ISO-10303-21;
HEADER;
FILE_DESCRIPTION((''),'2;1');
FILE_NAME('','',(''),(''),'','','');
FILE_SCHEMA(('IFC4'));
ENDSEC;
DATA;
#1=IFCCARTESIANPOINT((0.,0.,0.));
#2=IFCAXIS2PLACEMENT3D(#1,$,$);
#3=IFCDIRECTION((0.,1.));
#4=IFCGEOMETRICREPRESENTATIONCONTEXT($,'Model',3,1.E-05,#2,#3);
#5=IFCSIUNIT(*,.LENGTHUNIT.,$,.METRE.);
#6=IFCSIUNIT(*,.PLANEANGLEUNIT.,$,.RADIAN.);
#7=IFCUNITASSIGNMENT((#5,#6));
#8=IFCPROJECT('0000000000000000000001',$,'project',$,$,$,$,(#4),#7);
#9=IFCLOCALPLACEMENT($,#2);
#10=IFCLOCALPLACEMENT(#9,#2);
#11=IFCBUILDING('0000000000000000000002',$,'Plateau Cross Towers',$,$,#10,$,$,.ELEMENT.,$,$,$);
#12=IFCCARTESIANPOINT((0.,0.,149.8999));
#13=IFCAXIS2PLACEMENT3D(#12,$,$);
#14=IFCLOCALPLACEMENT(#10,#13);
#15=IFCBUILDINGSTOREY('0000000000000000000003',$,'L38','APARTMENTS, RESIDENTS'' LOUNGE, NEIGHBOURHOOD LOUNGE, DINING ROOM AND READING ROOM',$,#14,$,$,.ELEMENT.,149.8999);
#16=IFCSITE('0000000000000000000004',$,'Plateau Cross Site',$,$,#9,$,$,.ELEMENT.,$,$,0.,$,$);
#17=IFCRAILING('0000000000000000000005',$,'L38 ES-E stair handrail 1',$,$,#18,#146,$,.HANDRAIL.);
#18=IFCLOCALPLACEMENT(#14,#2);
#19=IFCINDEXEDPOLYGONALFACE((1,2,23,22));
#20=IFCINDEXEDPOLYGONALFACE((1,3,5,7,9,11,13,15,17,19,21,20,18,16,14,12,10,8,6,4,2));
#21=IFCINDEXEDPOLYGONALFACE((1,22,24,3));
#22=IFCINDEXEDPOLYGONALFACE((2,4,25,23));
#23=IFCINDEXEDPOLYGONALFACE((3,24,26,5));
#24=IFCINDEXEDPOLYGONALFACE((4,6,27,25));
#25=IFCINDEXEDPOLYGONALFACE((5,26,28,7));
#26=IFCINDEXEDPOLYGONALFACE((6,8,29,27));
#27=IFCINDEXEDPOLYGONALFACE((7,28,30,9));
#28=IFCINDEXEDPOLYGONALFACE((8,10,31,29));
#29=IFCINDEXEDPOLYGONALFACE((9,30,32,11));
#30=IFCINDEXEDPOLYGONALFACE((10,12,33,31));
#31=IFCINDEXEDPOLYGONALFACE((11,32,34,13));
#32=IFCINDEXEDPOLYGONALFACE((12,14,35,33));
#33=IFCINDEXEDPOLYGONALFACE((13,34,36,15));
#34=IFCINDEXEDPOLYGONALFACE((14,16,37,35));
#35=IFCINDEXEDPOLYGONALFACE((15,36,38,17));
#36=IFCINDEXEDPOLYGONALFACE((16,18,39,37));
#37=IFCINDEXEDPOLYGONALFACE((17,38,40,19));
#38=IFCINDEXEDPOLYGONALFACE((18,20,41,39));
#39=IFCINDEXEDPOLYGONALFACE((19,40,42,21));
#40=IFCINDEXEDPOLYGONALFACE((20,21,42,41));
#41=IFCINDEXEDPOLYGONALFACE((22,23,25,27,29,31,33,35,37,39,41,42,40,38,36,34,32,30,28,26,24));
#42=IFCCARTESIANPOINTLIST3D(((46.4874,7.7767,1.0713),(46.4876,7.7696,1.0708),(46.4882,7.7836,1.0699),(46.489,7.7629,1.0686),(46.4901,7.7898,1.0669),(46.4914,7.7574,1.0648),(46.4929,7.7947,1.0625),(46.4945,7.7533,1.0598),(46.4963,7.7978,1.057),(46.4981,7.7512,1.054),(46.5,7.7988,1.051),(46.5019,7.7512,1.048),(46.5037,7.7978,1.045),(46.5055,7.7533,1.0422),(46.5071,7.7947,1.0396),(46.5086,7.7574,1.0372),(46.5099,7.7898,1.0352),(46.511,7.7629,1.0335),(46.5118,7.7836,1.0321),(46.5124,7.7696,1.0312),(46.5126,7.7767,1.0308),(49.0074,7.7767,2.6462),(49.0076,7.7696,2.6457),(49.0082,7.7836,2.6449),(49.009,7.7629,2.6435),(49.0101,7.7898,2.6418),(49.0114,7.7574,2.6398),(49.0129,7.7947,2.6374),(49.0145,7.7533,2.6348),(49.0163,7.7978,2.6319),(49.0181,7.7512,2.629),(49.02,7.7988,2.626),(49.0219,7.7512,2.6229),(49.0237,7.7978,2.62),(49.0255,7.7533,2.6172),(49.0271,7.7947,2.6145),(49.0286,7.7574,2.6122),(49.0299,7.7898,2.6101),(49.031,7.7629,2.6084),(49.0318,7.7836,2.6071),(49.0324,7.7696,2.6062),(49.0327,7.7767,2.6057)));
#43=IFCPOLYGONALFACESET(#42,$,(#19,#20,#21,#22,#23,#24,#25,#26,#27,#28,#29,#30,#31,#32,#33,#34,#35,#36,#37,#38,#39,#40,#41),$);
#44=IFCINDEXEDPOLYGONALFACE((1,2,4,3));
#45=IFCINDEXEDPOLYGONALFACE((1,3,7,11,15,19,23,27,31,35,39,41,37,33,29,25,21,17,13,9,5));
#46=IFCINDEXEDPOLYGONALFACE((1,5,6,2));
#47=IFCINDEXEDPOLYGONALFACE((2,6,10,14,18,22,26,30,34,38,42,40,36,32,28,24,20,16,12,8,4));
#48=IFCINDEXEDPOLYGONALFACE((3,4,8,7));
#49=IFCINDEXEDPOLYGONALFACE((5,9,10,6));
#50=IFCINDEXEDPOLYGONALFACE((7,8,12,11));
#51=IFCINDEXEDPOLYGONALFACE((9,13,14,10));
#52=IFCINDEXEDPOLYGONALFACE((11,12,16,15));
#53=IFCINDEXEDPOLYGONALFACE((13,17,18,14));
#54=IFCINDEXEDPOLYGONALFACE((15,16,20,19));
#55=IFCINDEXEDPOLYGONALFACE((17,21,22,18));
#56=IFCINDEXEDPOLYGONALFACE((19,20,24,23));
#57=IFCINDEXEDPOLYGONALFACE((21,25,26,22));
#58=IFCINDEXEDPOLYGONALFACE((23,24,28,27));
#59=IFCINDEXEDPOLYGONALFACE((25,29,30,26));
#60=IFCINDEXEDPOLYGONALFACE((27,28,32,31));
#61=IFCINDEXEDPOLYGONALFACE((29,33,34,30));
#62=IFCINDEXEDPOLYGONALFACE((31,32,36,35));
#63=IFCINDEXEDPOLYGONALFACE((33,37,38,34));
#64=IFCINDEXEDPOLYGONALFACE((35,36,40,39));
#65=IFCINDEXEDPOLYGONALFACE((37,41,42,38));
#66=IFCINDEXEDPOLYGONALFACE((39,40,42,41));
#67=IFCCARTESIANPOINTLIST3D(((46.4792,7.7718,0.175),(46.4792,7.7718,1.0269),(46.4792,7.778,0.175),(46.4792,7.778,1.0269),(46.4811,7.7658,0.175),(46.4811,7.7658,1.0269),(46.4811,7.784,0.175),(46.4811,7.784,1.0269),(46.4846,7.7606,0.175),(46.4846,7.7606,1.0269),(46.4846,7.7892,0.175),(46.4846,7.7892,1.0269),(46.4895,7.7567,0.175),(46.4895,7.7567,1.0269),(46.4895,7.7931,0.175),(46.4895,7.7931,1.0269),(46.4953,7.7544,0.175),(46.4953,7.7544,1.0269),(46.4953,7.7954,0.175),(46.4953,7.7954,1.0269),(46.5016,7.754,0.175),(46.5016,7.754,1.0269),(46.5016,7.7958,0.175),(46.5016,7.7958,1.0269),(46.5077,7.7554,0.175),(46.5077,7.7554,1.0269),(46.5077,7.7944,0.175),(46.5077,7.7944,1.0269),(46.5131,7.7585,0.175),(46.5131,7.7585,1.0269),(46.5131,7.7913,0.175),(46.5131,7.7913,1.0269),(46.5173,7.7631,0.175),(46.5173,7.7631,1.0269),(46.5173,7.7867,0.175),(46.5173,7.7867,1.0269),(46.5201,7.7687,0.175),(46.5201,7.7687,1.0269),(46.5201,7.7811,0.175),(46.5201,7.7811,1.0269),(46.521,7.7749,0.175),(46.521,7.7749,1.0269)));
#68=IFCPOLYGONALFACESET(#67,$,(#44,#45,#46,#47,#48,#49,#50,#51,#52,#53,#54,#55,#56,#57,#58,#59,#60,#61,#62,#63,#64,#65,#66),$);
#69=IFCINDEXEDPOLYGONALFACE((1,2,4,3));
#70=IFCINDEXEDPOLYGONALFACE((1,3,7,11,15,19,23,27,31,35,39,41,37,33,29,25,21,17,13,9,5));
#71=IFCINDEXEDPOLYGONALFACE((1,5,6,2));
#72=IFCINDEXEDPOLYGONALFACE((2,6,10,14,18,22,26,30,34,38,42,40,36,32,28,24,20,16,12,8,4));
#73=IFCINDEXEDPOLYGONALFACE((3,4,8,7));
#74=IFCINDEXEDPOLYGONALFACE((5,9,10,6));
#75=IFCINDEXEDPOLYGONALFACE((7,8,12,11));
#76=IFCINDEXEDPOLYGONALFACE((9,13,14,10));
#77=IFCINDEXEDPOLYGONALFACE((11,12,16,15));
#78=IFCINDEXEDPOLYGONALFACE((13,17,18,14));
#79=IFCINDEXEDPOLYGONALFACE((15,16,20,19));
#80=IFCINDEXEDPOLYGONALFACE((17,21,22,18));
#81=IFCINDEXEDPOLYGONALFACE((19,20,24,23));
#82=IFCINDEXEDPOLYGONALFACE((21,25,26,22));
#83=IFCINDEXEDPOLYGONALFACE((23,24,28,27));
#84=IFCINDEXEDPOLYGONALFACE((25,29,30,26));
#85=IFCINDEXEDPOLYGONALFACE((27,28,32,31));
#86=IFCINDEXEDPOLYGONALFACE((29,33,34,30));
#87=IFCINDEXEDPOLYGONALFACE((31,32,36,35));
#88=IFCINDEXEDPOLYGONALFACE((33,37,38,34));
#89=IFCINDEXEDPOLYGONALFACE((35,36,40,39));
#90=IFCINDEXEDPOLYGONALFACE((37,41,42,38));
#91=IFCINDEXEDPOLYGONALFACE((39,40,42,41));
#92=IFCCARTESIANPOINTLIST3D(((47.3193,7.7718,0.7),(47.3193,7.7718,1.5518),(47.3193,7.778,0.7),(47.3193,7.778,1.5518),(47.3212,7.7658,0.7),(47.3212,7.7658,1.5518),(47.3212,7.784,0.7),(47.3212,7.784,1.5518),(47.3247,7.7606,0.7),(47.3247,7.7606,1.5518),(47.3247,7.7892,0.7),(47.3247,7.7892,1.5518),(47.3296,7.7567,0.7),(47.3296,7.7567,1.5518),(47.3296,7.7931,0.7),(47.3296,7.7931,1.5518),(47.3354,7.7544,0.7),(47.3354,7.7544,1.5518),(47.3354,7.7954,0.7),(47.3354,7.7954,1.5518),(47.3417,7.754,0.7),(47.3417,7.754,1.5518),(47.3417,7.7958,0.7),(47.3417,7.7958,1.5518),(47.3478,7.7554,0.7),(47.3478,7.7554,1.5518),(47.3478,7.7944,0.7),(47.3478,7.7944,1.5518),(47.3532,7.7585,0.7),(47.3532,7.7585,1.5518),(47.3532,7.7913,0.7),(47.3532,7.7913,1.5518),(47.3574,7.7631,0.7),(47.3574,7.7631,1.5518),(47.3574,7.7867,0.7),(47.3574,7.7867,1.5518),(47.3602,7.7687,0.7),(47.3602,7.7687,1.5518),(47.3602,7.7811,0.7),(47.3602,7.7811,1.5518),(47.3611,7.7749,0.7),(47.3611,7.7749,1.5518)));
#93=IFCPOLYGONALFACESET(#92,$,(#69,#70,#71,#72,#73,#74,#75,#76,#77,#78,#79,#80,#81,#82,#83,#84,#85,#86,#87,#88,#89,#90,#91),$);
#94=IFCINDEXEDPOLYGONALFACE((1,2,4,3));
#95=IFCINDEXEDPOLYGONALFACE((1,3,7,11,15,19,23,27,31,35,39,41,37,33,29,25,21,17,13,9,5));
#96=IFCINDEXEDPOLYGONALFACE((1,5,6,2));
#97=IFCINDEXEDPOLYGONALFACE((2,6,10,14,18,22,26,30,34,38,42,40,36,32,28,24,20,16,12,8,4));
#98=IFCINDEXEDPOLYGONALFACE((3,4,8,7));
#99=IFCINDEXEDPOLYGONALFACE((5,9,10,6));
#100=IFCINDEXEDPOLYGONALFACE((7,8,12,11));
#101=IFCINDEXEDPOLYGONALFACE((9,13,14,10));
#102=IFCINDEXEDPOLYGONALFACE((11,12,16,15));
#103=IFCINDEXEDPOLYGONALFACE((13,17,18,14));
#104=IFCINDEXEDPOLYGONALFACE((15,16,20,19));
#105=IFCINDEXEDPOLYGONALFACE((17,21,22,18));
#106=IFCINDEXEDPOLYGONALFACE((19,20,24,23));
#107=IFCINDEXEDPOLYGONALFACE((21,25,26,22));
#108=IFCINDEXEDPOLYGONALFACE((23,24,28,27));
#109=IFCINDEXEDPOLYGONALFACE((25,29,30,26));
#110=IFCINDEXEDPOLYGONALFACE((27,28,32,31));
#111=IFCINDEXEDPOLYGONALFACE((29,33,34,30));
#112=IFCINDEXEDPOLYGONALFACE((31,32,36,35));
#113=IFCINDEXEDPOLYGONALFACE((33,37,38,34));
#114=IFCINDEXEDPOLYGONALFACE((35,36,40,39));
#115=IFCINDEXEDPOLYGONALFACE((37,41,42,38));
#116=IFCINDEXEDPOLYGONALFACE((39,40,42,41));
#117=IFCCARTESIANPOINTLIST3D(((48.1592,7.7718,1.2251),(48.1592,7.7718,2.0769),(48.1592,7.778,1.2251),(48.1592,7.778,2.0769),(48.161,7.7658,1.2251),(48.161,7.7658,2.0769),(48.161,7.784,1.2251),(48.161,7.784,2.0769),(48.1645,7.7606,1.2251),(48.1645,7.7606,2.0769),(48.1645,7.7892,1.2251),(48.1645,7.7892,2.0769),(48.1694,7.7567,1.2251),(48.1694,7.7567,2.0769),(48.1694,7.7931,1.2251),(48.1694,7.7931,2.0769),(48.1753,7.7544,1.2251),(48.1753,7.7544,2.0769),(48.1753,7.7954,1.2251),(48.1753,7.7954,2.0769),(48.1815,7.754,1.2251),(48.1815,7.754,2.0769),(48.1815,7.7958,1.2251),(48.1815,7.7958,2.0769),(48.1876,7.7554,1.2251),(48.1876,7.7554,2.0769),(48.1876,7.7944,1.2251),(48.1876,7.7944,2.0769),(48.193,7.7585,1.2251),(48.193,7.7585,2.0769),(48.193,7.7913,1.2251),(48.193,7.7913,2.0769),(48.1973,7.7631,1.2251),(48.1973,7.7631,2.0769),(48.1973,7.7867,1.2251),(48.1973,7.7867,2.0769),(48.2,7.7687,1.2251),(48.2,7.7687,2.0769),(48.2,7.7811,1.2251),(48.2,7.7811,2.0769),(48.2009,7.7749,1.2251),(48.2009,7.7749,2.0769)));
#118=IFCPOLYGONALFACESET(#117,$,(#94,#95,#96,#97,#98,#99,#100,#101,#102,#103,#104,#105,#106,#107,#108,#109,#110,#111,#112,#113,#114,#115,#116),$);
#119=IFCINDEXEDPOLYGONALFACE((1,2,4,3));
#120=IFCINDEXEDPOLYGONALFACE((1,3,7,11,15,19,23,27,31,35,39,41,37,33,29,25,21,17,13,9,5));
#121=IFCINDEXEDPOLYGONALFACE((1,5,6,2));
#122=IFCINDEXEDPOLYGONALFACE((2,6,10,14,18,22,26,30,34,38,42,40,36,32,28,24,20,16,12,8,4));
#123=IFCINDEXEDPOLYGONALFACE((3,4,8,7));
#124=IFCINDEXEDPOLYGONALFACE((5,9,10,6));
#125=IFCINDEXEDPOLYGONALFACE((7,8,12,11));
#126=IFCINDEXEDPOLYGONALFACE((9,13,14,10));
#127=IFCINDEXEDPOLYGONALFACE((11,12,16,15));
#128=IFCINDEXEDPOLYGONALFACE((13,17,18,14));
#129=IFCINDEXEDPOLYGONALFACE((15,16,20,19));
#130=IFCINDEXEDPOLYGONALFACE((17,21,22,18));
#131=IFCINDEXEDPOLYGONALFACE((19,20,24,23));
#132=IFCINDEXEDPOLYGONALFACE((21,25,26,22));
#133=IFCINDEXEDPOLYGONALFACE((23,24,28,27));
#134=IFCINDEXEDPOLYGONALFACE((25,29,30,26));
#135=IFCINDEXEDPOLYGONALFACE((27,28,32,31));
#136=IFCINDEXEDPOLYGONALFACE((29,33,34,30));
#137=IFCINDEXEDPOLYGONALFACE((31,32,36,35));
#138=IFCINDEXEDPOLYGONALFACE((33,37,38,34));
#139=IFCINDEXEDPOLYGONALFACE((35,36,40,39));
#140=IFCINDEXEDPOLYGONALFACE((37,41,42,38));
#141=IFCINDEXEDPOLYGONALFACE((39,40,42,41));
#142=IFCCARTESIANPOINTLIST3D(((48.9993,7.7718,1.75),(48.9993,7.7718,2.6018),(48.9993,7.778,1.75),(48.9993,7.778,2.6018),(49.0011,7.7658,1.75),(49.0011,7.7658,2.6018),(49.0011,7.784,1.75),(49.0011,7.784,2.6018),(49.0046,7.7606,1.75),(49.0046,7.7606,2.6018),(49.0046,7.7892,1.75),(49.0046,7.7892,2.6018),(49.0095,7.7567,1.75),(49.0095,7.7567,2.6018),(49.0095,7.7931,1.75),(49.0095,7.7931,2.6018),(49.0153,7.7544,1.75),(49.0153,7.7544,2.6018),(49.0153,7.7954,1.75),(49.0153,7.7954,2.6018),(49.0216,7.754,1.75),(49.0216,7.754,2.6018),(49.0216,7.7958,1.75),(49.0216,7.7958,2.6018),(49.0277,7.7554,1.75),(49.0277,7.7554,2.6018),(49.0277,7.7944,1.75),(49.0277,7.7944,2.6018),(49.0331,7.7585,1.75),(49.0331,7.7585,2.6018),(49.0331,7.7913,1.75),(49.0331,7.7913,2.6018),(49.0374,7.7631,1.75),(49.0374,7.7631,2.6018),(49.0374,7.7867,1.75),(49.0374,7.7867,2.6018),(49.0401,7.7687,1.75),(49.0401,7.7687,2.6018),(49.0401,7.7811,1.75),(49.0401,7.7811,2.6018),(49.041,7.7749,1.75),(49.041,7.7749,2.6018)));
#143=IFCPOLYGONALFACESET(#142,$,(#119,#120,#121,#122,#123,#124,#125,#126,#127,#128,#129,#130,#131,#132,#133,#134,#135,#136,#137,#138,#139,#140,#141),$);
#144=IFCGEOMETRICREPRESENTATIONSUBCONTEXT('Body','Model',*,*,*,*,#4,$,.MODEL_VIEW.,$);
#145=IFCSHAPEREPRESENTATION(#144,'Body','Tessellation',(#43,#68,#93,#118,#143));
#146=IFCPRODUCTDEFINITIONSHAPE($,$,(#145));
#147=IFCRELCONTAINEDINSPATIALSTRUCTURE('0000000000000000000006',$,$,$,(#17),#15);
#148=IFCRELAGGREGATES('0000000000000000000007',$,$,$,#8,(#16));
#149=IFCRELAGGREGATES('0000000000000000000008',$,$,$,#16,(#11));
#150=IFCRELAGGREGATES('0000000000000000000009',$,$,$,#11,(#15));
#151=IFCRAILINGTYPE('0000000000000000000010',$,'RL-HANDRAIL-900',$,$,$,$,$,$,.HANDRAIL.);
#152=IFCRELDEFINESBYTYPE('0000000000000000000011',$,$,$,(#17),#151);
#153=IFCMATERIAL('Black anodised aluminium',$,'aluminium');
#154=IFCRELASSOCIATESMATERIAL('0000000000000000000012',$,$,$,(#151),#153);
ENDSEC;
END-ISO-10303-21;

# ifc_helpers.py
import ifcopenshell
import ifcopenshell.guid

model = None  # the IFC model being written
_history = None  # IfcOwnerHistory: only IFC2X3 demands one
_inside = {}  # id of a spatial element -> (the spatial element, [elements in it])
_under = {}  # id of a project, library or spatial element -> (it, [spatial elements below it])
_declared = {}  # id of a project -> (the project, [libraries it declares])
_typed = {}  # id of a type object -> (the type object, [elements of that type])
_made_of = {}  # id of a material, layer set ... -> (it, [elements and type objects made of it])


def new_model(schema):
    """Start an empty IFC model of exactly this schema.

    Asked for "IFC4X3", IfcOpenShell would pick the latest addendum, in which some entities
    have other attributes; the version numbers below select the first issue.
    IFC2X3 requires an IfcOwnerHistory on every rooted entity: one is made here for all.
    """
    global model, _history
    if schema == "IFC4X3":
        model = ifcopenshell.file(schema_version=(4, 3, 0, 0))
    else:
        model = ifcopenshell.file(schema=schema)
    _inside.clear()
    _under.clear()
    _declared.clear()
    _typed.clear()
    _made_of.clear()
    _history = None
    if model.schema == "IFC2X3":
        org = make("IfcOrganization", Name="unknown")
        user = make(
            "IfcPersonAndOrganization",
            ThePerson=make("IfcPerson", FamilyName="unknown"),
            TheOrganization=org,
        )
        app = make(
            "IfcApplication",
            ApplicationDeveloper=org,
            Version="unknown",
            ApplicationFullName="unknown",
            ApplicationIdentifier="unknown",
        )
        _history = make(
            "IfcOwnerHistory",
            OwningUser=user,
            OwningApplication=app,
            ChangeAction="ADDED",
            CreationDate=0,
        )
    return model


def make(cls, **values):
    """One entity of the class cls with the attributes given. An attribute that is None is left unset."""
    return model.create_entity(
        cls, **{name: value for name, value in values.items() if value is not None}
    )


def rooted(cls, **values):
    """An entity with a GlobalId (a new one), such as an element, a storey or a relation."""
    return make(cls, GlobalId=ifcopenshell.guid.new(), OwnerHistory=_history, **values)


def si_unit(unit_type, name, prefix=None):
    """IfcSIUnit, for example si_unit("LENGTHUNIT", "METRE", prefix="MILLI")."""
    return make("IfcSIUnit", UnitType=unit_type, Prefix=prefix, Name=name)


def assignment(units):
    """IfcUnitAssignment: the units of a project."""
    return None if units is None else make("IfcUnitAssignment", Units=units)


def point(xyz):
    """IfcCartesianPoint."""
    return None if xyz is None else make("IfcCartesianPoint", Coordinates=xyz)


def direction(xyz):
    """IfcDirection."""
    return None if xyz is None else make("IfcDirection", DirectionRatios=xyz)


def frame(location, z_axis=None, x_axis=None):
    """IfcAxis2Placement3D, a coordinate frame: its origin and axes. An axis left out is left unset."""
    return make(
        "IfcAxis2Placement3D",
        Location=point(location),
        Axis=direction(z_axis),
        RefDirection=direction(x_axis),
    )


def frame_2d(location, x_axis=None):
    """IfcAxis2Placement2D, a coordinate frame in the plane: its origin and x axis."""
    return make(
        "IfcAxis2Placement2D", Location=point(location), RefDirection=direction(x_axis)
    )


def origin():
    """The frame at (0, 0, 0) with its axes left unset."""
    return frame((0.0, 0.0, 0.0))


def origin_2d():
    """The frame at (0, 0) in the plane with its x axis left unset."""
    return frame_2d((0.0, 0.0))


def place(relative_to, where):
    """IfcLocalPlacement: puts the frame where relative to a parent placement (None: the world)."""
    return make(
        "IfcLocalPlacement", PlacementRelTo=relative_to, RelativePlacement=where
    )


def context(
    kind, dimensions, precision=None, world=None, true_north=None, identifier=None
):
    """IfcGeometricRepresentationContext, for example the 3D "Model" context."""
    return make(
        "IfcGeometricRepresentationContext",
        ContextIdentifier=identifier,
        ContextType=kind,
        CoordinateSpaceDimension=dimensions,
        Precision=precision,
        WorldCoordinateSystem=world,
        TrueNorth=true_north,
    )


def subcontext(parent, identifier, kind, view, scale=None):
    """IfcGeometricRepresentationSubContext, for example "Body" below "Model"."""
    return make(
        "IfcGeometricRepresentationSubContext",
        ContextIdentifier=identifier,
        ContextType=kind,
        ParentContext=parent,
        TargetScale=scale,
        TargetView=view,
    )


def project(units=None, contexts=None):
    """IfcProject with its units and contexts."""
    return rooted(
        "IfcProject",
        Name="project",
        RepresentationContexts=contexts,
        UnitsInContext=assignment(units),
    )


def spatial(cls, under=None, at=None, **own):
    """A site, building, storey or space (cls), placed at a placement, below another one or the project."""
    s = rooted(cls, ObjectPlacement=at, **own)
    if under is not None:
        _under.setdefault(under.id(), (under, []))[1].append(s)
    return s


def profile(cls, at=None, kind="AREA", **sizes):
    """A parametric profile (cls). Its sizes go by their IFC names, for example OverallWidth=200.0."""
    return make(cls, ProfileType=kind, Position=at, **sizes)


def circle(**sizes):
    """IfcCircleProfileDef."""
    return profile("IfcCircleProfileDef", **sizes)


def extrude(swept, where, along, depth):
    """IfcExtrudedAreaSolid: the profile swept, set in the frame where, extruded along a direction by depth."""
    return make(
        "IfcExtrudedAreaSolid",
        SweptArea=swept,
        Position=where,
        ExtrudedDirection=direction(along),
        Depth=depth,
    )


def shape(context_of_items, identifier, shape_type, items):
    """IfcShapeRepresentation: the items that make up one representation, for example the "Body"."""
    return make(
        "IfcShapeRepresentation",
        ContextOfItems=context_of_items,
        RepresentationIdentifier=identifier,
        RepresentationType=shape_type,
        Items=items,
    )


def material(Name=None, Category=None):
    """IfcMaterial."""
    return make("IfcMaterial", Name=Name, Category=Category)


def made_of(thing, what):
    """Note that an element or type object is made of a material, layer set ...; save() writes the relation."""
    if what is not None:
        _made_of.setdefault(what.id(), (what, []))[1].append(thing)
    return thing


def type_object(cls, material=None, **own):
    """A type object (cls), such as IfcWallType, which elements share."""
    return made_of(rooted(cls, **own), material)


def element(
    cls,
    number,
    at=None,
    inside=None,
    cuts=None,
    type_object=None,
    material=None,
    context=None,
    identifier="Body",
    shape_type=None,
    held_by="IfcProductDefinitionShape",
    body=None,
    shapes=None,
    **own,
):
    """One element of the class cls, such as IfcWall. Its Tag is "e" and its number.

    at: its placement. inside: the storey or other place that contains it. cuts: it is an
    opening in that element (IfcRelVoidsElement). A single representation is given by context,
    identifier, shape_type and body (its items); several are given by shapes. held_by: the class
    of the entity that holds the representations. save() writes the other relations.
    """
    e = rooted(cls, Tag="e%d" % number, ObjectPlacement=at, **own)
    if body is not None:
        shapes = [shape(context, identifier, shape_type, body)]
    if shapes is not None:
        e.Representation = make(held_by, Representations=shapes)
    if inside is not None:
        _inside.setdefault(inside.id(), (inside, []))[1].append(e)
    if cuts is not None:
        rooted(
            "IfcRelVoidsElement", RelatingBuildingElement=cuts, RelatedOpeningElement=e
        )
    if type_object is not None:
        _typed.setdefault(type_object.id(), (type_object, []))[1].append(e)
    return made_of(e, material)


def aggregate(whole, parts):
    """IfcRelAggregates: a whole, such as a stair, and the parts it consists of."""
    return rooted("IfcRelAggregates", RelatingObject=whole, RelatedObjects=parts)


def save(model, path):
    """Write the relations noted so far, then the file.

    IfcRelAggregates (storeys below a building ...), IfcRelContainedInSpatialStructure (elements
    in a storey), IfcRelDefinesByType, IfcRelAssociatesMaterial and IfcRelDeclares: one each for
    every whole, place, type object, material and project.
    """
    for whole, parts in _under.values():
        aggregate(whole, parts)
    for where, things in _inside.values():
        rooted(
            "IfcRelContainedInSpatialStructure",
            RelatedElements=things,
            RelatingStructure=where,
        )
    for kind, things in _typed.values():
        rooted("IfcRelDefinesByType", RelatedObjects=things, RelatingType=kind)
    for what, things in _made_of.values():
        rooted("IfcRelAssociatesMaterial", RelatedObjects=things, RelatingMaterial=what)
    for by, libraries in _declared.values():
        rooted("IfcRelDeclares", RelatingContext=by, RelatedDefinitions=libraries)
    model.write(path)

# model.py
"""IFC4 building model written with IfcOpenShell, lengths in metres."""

from ifc_helpers import new_model, si_unit, direction, frame, origin, origin_2d, place, context, subcontext, project, spatial, circle, extrude, material, type_object, element, save


model = new_model("IFC4")

# Units and contexts
model_context = context("Model", 3, precision=1e-05, world=origin(), true_north=direction((0.0, 1.0)))
body_context = subcontext(model_context, "Body", "Model", "MODEL_VIEW")
ifc_project = project(units=[si_unit("LENGTHUNIT", "METRE"), si_unit("PLANEANGLEUNIT", "RADIAN")], contexts=[model_context])

# Site, building, storey
site_placement = place(None, origin())
site = spatial("IfcSite", under=ifc_project, at=site_placement, Name="Plateau Cross Site", CompositionType="ELEMENT", RefElevation=0.0)
building_placement = place(site_placement, origin())
building = spatial("IfcBuilding", under=site, at=building_placement, Name="Plateau Cross Towers", CompositionType="ELEMENT")
storey_placement = place(building_placement, frame((0.0, 0.0, 149.8999)))
storey = spatial("IfcBuildingStorey", under=building, at=storey_placement, Name="L38", Description="APARTMENTS, RESIDENTS' LOUNGE, NEIGHBOURHOOD LOUNGE, DINING ROOM AND READING ROOM", CompositionType="ELEMENT", Elevation=149.8999)

# Shared definitions
ifc_material_1 = material(Name="Black anodised aluminium", Category="aluminium")

# Railing
railing_type_1 = type_object("IfcRailingType", Name="RL-HANDRAIL-900", PredefinedType="HANDRAIL", material=ifc_material_1)
railing_1_placement = place(storey_placement, frame((46.5, 7.7749, 0.175)))
element("IfcRailing", 1, at=railing_1_placement, inside=storey, type_object=railing_type_1, Name="L38 ES-E stair handrail 1", PredefinedType="HANDRAIL", context=body_context, shape_type="SweptSolid", body=[
    extrude(circle(Radius=0.0239, at=origin_2d()), frame((0.0, 0.0, 0.876), z_axis=(0.848008, 0.0, 0.529984), x_axis=(0.0, 1.0, 0.0)), (0.0, 0.0, 1.0), 2.9717),
    extrude(circle(Radius=0.021, at=origin_2d()), origin(), (0.0, 0.0, 1.0), 0.8518),
    extrude(circle(Radius=0.021, at=origin_2d()), frame((0.8401, 0.0, 0.5249)), (0.0, 0.0, 1.0), 0.8518),
    extrude(circle(Radius=0.021, at=origin_2d()), frame((1.6799, 0.0, 1.05)), (0.0, 0.0, 1.0), 0.8518),
    extrude(circle(Radius=0.021, at=origin_2d()), frame((2.52, 0.0, 1.575)), (0.0, 0.0, 1.0), 0.8518),
])

save(model, "model.ifc")
